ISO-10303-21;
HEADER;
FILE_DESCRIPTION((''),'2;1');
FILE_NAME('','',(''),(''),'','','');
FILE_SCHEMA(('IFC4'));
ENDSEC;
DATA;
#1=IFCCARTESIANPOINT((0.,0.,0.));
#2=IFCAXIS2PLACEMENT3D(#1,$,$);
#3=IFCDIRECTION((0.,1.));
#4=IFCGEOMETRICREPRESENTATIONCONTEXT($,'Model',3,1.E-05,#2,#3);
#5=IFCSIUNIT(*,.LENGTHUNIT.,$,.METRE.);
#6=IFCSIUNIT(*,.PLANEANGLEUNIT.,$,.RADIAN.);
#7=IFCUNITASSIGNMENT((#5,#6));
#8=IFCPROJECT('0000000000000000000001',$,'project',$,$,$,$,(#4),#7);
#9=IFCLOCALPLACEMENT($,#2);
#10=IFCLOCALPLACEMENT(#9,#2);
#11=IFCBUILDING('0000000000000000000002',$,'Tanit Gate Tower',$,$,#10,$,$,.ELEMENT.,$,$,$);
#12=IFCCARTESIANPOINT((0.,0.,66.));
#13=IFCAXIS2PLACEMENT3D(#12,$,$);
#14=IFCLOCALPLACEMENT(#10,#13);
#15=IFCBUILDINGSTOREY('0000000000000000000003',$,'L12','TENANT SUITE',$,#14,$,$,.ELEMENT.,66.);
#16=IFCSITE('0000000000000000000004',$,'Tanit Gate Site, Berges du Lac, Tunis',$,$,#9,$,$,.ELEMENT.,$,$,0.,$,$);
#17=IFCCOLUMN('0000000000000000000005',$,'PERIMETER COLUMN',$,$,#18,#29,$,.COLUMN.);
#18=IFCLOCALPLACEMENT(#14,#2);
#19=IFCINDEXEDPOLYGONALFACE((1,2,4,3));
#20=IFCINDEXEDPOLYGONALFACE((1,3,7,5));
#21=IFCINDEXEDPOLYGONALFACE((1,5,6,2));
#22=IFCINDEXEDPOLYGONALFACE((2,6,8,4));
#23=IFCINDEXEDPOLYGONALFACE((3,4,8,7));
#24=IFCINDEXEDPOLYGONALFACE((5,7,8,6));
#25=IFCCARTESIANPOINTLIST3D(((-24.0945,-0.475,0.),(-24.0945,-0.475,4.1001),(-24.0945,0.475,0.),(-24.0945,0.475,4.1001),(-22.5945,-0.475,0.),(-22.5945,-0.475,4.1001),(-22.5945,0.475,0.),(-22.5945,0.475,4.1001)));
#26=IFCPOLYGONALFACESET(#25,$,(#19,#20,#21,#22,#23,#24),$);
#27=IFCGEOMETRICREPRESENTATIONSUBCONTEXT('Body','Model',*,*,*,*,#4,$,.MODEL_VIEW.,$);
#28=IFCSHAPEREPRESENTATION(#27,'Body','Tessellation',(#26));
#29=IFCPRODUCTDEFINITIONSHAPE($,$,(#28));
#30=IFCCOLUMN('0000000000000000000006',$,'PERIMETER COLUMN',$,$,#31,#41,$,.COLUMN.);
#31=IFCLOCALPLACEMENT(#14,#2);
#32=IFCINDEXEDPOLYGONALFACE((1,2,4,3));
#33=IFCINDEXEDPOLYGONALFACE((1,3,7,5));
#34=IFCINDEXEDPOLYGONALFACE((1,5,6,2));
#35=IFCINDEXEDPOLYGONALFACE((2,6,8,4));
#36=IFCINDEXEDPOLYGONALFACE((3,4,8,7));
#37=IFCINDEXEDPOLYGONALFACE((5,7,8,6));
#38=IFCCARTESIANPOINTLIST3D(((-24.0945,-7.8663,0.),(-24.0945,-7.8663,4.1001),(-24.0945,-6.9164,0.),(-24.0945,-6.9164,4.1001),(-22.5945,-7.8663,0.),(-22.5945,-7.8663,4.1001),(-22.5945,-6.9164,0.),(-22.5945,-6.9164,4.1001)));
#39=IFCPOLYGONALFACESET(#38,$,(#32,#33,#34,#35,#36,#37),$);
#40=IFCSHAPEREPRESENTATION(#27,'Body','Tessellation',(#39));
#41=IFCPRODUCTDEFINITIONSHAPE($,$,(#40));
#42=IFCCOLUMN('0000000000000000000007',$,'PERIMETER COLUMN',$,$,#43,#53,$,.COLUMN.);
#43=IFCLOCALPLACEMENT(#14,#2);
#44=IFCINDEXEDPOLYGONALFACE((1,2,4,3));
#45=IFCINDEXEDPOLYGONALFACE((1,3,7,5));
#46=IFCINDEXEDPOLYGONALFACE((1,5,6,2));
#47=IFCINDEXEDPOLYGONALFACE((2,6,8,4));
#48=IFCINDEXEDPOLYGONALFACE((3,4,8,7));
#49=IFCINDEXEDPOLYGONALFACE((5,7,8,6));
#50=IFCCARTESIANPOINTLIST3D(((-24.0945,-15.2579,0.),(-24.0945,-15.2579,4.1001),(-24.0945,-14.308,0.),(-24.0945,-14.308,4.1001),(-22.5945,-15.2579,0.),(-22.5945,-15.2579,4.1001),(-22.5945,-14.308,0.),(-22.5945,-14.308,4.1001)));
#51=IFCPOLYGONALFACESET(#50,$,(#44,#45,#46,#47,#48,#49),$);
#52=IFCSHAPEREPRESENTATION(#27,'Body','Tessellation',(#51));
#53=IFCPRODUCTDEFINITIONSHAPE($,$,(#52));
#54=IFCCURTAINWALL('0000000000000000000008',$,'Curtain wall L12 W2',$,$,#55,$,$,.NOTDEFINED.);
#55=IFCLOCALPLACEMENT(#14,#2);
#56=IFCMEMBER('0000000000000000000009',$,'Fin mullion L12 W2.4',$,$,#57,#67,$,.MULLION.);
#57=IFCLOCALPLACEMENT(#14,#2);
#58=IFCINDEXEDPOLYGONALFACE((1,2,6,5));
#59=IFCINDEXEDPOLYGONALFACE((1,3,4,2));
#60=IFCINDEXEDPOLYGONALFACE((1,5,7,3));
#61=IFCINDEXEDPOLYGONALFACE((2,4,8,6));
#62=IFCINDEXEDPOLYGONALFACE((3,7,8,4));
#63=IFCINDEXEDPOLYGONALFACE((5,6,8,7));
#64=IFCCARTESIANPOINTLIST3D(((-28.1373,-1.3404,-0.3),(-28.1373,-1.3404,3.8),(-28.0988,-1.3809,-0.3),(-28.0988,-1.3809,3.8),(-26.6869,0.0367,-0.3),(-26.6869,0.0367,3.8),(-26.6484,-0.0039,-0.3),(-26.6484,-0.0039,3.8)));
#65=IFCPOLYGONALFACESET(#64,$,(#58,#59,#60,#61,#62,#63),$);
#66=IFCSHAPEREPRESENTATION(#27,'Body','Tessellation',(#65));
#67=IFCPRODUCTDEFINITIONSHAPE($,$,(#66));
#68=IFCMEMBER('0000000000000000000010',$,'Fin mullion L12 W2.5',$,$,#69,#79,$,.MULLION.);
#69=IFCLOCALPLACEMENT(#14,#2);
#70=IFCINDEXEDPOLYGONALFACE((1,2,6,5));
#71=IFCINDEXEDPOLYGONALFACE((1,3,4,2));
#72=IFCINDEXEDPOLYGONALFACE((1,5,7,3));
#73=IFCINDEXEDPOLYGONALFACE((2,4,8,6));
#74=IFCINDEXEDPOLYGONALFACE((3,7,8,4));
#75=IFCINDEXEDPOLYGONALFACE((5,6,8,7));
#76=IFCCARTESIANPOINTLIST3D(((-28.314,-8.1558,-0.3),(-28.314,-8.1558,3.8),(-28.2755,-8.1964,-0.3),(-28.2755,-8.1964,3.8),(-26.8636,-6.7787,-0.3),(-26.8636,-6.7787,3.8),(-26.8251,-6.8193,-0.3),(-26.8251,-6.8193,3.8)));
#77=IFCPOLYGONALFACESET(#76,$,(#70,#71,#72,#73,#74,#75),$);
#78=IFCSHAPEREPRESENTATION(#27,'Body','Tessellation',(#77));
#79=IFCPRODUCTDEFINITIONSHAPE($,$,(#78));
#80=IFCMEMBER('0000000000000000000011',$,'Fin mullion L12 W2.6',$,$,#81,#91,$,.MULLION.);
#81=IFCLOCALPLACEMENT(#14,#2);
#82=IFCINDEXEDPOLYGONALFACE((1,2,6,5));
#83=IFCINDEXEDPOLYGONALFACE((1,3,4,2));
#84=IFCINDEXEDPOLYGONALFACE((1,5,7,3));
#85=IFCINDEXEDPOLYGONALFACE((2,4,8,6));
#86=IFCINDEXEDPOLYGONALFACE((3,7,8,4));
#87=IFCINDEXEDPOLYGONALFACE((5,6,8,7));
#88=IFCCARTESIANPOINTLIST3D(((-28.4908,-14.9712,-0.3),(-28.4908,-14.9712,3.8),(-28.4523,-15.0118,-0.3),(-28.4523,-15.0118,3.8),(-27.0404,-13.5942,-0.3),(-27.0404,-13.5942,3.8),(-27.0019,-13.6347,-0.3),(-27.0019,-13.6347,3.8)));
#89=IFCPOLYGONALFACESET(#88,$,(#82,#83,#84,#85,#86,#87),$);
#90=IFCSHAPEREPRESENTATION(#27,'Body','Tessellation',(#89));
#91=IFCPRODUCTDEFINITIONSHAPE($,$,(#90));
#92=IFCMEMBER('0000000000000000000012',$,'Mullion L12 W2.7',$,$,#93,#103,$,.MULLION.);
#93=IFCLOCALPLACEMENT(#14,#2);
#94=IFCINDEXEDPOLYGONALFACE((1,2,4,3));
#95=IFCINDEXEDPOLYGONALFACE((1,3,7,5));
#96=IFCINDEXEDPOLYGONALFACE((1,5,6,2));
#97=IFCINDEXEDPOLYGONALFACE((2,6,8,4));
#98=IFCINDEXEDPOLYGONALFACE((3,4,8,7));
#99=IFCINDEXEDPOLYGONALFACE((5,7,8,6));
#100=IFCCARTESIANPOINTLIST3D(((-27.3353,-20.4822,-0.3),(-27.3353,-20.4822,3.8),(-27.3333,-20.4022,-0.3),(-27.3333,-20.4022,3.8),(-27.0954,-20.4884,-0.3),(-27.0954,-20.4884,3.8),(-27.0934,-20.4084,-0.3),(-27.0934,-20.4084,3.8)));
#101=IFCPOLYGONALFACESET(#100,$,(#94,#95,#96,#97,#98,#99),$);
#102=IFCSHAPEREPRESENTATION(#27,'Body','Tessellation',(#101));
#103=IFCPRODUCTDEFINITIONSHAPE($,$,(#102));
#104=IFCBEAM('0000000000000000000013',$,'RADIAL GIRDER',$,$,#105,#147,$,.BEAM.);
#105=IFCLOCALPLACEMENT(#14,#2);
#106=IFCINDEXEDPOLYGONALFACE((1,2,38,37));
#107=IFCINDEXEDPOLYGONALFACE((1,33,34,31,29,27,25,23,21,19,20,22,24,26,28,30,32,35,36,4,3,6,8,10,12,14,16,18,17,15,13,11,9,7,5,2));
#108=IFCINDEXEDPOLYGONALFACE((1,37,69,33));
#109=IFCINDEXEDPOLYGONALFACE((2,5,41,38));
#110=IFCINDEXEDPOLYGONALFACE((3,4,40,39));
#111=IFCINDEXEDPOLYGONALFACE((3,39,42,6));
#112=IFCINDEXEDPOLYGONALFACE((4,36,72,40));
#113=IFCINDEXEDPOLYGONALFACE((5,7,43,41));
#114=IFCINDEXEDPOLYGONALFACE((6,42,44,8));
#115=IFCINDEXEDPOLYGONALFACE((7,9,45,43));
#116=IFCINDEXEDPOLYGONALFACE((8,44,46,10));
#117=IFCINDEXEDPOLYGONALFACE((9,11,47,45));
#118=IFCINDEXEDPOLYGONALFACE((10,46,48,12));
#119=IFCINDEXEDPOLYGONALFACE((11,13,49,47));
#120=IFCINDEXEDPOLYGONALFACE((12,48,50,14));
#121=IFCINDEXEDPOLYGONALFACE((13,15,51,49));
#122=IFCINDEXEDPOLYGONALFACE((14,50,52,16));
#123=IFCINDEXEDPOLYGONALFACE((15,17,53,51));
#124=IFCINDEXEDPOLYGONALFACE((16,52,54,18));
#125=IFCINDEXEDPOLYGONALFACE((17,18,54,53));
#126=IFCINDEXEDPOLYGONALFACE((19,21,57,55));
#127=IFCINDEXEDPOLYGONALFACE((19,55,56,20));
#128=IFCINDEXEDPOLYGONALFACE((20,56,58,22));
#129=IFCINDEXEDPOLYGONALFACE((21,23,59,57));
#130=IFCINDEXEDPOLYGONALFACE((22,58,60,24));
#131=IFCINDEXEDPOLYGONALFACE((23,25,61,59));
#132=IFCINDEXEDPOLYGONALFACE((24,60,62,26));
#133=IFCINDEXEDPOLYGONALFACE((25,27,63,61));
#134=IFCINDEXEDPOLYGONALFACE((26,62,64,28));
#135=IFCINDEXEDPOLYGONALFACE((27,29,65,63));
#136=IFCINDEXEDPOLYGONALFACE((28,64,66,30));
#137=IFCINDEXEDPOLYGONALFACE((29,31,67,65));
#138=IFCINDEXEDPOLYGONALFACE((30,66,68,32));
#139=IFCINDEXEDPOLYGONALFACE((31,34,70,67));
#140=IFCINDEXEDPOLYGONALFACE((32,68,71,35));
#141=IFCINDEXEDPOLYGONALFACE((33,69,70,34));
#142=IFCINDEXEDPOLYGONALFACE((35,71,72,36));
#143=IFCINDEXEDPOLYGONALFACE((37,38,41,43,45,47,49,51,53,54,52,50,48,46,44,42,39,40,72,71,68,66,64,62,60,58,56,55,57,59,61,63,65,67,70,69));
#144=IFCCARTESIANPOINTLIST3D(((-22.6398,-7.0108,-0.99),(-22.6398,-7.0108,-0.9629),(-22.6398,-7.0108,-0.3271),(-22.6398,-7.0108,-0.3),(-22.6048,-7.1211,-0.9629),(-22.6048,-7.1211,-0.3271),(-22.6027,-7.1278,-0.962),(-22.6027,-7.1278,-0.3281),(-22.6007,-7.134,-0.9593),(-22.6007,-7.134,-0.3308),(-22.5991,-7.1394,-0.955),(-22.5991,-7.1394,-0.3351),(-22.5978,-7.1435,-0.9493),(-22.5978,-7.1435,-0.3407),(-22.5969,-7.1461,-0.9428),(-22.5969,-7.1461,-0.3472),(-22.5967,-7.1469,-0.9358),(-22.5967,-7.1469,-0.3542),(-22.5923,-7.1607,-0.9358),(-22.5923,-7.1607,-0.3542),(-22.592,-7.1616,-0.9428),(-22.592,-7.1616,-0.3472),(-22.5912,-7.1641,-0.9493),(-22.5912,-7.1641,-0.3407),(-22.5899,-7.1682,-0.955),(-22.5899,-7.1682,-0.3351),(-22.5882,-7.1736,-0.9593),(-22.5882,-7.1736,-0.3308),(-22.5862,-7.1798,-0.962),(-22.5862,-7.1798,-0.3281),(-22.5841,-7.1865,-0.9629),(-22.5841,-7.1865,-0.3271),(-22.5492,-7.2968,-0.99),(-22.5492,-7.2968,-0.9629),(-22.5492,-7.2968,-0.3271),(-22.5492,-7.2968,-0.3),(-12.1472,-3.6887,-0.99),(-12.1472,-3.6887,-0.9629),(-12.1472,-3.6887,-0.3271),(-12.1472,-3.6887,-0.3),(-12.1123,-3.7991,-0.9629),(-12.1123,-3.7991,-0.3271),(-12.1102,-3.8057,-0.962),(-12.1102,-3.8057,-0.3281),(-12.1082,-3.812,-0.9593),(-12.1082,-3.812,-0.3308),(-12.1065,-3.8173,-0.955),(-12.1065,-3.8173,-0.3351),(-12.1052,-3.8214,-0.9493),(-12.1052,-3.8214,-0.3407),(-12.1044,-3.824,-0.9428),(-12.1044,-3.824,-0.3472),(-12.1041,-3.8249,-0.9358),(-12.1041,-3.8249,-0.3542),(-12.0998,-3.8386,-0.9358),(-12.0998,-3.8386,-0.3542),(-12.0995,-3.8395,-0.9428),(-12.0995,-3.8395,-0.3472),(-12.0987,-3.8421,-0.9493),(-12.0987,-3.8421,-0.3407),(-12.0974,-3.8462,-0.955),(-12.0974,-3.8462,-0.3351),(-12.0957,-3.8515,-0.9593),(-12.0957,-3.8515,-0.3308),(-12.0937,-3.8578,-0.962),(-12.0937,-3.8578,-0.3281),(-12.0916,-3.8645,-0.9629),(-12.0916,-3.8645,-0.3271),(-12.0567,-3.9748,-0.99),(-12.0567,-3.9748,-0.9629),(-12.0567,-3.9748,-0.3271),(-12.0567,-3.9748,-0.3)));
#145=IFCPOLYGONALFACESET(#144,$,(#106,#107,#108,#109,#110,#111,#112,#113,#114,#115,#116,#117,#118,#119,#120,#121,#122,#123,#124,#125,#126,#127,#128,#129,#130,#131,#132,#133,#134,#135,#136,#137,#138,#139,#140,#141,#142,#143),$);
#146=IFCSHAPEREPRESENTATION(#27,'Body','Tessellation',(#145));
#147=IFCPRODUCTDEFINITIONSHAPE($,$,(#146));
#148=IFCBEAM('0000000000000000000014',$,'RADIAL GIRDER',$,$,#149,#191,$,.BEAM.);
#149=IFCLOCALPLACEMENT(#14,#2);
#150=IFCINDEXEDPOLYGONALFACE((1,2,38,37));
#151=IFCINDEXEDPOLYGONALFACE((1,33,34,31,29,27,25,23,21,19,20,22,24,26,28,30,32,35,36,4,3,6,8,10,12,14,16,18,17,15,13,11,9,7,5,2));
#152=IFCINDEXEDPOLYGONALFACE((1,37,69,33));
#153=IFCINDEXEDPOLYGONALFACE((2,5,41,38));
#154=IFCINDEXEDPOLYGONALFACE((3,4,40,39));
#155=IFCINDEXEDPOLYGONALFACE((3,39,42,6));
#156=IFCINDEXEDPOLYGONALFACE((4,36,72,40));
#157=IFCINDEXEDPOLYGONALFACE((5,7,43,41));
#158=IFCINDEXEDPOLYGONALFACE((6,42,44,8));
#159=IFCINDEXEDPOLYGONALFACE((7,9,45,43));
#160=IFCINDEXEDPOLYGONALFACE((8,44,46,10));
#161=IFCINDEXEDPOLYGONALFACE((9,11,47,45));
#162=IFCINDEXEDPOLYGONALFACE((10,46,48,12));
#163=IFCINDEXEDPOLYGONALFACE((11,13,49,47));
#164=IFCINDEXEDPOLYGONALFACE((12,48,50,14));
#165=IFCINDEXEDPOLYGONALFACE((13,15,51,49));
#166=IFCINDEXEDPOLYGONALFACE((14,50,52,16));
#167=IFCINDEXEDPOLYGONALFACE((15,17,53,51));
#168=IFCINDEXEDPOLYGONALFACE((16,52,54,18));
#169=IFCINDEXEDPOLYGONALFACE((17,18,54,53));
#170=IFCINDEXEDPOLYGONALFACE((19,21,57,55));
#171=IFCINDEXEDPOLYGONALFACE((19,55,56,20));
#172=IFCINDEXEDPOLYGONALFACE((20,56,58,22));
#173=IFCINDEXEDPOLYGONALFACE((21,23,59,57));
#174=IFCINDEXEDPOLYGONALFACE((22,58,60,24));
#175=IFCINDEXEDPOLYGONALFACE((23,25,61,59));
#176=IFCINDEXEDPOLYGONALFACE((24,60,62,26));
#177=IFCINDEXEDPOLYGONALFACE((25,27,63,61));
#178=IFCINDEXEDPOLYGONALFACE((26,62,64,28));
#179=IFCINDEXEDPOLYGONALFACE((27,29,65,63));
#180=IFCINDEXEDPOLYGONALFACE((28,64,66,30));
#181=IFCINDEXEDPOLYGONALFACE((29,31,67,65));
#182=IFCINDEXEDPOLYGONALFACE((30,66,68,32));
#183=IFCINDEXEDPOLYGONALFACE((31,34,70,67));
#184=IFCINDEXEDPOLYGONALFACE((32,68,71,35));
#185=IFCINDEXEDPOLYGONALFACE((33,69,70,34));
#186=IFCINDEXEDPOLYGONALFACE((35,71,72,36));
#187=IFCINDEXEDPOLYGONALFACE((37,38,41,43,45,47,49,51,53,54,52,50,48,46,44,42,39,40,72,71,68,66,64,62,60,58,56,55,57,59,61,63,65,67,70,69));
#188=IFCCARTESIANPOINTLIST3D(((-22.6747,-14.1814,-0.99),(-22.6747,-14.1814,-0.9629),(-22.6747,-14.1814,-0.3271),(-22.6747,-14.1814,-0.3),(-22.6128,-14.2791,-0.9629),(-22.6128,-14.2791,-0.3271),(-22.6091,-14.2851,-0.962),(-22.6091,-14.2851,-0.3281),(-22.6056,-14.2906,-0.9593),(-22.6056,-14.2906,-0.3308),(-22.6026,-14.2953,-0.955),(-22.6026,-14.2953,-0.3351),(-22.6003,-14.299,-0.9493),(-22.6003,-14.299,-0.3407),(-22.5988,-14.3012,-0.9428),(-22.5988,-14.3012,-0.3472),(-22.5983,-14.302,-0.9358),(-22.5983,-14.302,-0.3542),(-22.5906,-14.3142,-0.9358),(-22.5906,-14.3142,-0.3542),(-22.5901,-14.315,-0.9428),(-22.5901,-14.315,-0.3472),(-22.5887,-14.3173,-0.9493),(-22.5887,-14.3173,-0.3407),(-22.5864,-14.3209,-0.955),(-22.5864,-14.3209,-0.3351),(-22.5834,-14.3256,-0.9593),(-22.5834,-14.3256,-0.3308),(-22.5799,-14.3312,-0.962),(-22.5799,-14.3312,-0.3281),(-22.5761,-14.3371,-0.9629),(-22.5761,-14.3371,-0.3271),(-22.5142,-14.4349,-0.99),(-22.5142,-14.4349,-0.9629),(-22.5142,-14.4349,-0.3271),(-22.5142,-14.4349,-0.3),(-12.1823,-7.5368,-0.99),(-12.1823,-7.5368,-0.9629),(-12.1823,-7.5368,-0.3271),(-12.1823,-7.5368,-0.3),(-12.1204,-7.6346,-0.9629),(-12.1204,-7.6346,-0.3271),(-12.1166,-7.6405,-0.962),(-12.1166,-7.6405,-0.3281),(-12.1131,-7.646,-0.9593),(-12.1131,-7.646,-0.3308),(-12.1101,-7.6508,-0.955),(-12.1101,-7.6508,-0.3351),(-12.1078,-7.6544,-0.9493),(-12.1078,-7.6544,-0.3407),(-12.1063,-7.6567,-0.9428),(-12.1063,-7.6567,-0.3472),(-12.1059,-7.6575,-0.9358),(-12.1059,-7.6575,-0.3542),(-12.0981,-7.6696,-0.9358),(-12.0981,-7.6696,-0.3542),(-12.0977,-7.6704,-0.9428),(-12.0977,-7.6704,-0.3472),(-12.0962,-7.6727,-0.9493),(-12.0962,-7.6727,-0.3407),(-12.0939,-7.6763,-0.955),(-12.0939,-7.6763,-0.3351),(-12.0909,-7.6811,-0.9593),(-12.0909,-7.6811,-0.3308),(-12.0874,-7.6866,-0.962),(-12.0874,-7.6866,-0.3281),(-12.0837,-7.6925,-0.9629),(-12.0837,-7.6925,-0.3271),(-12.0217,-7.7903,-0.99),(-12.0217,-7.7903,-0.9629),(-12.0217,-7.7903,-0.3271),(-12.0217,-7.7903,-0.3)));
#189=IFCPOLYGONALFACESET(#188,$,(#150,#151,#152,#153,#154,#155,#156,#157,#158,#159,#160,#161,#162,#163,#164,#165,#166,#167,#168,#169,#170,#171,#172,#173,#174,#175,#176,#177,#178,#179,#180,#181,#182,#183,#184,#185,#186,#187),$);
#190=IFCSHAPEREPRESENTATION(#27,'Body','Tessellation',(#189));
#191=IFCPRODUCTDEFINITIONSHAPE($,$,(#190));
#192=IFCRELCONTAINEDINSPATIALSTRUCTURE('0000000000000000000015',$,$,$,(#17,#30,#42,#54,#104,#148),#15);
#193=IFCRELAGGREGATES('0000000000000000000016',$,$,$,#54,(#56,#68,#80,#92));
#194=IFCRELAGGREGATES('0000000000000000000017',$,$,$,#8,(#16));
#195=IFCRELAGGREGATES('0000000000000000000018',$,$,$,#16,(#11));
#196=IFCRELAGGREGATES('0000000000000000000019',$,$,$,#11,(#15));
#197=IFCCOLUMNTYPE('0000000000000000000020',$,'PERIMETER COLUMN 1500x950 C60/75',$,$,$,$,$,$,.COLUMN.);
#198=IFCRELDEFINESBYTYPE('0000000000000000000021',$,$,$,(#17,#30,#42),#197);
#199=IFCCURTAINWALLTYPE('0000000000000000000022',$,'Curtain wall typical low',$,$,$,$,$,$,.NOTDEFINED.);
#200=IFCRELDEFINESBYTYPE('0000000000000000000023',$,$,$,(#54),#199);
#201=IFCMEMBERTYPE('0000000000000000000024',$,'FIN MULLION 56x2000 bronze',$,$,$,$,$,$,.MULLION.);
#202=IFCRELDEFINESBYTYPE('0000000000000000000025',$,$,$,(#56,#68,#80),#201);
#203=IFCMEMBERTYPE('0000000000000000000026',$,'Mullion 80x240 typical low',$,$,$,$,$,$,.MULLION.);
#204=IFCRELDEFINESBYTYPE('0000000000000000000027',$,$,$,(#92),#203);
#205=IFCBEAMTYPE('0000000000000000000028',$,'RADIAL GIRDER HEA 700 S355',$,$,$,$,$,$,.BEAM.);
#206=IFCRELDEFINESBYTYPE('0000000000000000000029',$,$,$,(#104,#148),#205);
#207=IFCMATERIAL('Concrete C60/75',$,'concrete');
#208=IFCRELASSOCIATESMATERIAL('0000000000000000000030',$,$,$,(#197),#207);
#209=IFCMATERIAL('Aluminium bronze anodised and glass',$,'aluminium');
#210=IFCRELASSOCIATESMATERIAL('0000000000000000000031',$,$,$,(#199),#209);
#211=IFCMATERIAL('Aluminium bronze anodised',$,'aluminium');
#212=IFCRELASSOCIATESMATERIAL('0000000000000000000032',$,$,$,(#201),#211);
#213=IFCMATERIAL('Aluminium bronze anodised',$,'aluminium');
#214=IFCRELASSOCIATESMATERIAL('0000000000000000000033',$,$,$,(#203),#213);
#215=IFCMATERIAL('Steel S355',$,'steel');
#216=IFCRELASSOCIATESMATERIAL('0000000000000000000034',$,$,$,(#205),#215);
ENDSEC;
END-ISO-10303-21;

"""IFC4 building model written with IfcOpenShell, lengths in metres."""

from ifc_helpers import new_model, si_unit, direction, frame, origin, origin_2d, place, context, subcontext, project, spatial, rectangle, i_section, extrude, material, material_profile, profile_set, type_object, element, aggregate, save


model = new_model("IFC4")

# Units and contexts
model_context = context("Model", 3, precision=1e-05, world=origin(), true_north=direction((0.0, 1.0)))
body_context = subcontext(model_context, "Body", "Model", "MODEL_VIEW")
ifc_project = project(units=[si_unit("LENGTHUNIT", "METRE"), si_unit("PLANEANGLEUNIT", "RADIAN")], contexts=[model_context])

# Site, building, storey
site_placement = place(None, origin())
site = spatial("IfcSite", under=ifc_project, at=site_placement, Name="Tanit Gate Site, Berges du Lac, Tunis", CompositionType="ELEMENT", RefElevation=0.0)
building_placement = place(site_placement, origin())
building = spatial("IfcBuilding", under=site, at=building_placement, Name="Tanit Gate Tower", CompositionType="ELEMENT")
storey_placement = place(building_placement, frame((0.0, 0.0, 66.0)))
storey = spatial("IfcBuildingStorey", under=building, at=storey_placement, Name="L12", Description="TENANT SUITE", CompositionType="ELEMENT", Elevation=66.0)

# Columns
ifc_material_1 = material(Name="Concrete C60/75", Category="concrete")
ifc_material_profile_1 = material_profile(ifc_material_1, rectangle(XDim=1.5, YDim=0.95, at=origin_2d()), Name="RC 1500x950")
ifc_profile_set_1 = profile_set([ifc_material_profile_1], Name="Concrete C60/75")
column_type = type_object("IfcColumnType", Name="PERIMETER COLUMN 1500x950 C60/75", PredefinedType="COLUMN", material=ifc_profile_set_1)
for number, where, z_axis, x_axis, name in (
    (1, (-23.3445, 0.0, 0.0), (0.0, 0.0, 1.0), (-1.0, 0.0, 0.0), "PERIMETER COLUMN"),
    (2, (-23.3445, -7.3914, 0.0), (0.0, 0.0, 1.0), (-1.0, 0.0, 0.0), "PERIMETER COLUMN"),
    (3, (-23.3445, -14.783, 0.0), (0.0, 0.0, 1.0), (-1.0, 0.0, 0.0), "PERIMETER COLUMN"),
):
    element("IfcColumn", number, at=place(storey_placement, frame(where, z_axis=z_axis, x_axis=x_axis)), inside=storey, type_object=column_type, Name=name, PredefinedType="COLUMN", context=body_context, shape_type="SweptSolid", body=[
        extrude(rectangle(XDim=1.5, YDim=0.95, at=origin_2d()), origin(), (0.0, 0.0, 1.0), 4.1001),
    ])

# Curtain wall, members
ifc_material_2 = material(Name="Aluminium bronze anodised and glass", Category="aluminium")
curtain_wall_type = type_object("IfcCurtainWallType", Name="Curtain wall typical low", PredefinedType="NOTDEFINED", material=ifc_material_2)
curtain_wall_1_placement = place(storey_placement, origin())
curtain_wall_1 = element("IfcCurtainWall", 4, at=curtain_wall_1_placement, inside=storey, type_object=curtain_wall_type, Name="Curtain wall L12 W2", PredefinedType="NOTDEFINED")
ifc_material_3 = material(Name="Aluminium bronze anodised", Category="aluminium")
ifc_material_profile_2 = material_profile(ifc_material_3, rectangle(XDim=2.0, YDim=0.0559, at=origin_2d()), Name="56x2000 bronze fin mullion")
ifc_profile_set_2 = profile_set([ifc_material_profile_2], Name="Aluminium bronze anodised")
member_type_1 = type_object("IfcMemberType", Name="FIN MULLION 56x2000 bronze", PredefinedType="MULLION", material=ifc_profile_set_2)
member_1_placement = place(storey_placement, frame((-27.3928, -0.6721, -0.3), z_axis=(0.0, 0.0, 1.0), x_axis=(0.7252, 0.688538, 0.0)))
member_1 = element("IfcMember", 5, at=member_1_placement, type_object=member_type_1, Name="Fin mullion L12 W2.4", PredefinedType="MULLION", context=body_context, shape_type="SweptSolid", body=[
    extrude(rectangle(XDim=2.0, YDim=0.0559, at=origin_2d()), origin(), (0.0, 0.0, 1.0), 4.1001),
])
member_2_placement = place(storey_placement, frame((-27.5696, -7.4875, -0.3), z_axis=(0.0, 0.0, 1.0), x_axis=(0.7252, 0.688538, 0.0)))
member_2 = element("IfcMember", 6, at=member_2_placement, type_object=member_type_1, Name="Fin mullion L12 W2.5", PredefinedType="MULLION", context=body_context, shape_type="SweptSolid", body=[
    extrude(rectangle(XDim=2.0, YDim=0.0559, at=origin_2d()), origin(), (0.0, 0.0, 1.0), 4.1001),
])
member_3_placement = place(storey_placement, frame((-27.7463, -14.303, -0.3), z_axis=(0.0, 0.0, 1.0), x_axis=(0.7252, 0.688538, 0.0)))
member_3 = element("IfcMember", 7, at=member_3_placement, type_object=member_type_1, Name="Fin mullion L12 W2.6", PredefinedType="MULLION", context=body_context, shape_type="SweptSolid", body=[
    extrude(rectangle(XDim=2.0, YDim=0.0559, at=origin_2d()), origin(), (0.0, 0.0, 1.0), 4.1001),
])
ifc_material_4 = material(Name="Aluminium bronze anodised", Category="aluminium")
ifc_material_profile_3 = material_profile(ifc_material_4, rectangle(XDim=0.24, YDim=0.0801, at=origin_2d()), Name="80x240 bronze mullion")
ifc_profile_set_3 = profile_set([ifc_material_profile_3], Name="Aluminium bronze anodised")
member_type_2 = type_object("IfcMemberType", Name="Mullion 80x240 typical low", PredefinedType="MULLION", material=ifc_profile_set_3)
member_4_placement = place(storey_placement, frame((-27.2144, -20.4453, -0.3), z_axis=(0.0, 0.0, 1.0), x_axis=(0.999664, -0.025924, 0.0)))
member_4 = element("IfcMember", 8, at=member_4_placement, type_object=member_type_2, Name="Mullion L12 W2.7", PredefinedType="MULLION", context=body_context, shape_type="SweptSolid", body=[
    extrude(rectangle(XDim=0.24, YDim=0.0801, at=origin_2d()), origin(), (0.0, 0.0, 1.0), 4.1001),
])

# Beams
ifc_material_5 = material(Name="Steel S355", Category="steel")
ifc_material_profile_4 = material_profile(ifc_material_5, i_section(OverallWidth=0.3, OverallDepth=0.6899, WebThickness=0.0144, FlangeThickness=0.0271, FilletRadius=0.0271, at=origin_2d()), Name="HEA 700")
ifc_profile_set_4 = profile_set([ifc_material_profile_4], Name="Steel S355")
beam_type = type_object("IfcBeamType", Name="RADIAL GIRDER HEA 700 S355", PredefinedType="BEAM", material=ifc_profile_set_4)
beam_1_placement = place(storey_placement, frame((-22.5945, -7.1538, -0.645), z_axis=(0.953357, 0.301844, 0.0), x_axis=(-0.301844, 0.953357, 0.0)))
element("IfcBeam", 9, at=beam_1_placement, inside=storey, type_object=beam_type, Name="RADIAL GIRDER", PredefinedType="BEAM", context=body_context, shape_type="SweptSolid", body=[
    extrude(i_section(OverallWidth=0.3, OverallDepth=0.6899, WebThickness=0.0144, FlangeThickness=0.0271, FilletRadius=0.0271, at=origin_2d()), origin(), (0.0, 0.0, 1.0), 11.0059),
])
beam_2_placement = place(storey_placement, frame((-22.5945, -14.3081, -0.645), z_axis=(0.844844, 0.535013, 0.0), x_axis=(-0.535013, 0.844844, 0.0)))
element("IfcBeam", 10, at=beam_2_placement, inside=storey, type_object=beam_type, Name="RADIAL GIRDER", PredefinedType="BEAM", context=body_context, shape_type="SweptSolid", body=[
    extrude(i_section(OverallWidth=0.3, OverallDepth=0.6899, WebThickness=0.0144, FlangeThickness=0.0271, FilletRadius=0.0271, at=origin_2d()), origin(), (0.0, 0.0, 1.0), 12.4194),
])

aggregate(curtain_wall_1, [member_1, member_2, member_3, member_4])

save(model, "model.ifc")
